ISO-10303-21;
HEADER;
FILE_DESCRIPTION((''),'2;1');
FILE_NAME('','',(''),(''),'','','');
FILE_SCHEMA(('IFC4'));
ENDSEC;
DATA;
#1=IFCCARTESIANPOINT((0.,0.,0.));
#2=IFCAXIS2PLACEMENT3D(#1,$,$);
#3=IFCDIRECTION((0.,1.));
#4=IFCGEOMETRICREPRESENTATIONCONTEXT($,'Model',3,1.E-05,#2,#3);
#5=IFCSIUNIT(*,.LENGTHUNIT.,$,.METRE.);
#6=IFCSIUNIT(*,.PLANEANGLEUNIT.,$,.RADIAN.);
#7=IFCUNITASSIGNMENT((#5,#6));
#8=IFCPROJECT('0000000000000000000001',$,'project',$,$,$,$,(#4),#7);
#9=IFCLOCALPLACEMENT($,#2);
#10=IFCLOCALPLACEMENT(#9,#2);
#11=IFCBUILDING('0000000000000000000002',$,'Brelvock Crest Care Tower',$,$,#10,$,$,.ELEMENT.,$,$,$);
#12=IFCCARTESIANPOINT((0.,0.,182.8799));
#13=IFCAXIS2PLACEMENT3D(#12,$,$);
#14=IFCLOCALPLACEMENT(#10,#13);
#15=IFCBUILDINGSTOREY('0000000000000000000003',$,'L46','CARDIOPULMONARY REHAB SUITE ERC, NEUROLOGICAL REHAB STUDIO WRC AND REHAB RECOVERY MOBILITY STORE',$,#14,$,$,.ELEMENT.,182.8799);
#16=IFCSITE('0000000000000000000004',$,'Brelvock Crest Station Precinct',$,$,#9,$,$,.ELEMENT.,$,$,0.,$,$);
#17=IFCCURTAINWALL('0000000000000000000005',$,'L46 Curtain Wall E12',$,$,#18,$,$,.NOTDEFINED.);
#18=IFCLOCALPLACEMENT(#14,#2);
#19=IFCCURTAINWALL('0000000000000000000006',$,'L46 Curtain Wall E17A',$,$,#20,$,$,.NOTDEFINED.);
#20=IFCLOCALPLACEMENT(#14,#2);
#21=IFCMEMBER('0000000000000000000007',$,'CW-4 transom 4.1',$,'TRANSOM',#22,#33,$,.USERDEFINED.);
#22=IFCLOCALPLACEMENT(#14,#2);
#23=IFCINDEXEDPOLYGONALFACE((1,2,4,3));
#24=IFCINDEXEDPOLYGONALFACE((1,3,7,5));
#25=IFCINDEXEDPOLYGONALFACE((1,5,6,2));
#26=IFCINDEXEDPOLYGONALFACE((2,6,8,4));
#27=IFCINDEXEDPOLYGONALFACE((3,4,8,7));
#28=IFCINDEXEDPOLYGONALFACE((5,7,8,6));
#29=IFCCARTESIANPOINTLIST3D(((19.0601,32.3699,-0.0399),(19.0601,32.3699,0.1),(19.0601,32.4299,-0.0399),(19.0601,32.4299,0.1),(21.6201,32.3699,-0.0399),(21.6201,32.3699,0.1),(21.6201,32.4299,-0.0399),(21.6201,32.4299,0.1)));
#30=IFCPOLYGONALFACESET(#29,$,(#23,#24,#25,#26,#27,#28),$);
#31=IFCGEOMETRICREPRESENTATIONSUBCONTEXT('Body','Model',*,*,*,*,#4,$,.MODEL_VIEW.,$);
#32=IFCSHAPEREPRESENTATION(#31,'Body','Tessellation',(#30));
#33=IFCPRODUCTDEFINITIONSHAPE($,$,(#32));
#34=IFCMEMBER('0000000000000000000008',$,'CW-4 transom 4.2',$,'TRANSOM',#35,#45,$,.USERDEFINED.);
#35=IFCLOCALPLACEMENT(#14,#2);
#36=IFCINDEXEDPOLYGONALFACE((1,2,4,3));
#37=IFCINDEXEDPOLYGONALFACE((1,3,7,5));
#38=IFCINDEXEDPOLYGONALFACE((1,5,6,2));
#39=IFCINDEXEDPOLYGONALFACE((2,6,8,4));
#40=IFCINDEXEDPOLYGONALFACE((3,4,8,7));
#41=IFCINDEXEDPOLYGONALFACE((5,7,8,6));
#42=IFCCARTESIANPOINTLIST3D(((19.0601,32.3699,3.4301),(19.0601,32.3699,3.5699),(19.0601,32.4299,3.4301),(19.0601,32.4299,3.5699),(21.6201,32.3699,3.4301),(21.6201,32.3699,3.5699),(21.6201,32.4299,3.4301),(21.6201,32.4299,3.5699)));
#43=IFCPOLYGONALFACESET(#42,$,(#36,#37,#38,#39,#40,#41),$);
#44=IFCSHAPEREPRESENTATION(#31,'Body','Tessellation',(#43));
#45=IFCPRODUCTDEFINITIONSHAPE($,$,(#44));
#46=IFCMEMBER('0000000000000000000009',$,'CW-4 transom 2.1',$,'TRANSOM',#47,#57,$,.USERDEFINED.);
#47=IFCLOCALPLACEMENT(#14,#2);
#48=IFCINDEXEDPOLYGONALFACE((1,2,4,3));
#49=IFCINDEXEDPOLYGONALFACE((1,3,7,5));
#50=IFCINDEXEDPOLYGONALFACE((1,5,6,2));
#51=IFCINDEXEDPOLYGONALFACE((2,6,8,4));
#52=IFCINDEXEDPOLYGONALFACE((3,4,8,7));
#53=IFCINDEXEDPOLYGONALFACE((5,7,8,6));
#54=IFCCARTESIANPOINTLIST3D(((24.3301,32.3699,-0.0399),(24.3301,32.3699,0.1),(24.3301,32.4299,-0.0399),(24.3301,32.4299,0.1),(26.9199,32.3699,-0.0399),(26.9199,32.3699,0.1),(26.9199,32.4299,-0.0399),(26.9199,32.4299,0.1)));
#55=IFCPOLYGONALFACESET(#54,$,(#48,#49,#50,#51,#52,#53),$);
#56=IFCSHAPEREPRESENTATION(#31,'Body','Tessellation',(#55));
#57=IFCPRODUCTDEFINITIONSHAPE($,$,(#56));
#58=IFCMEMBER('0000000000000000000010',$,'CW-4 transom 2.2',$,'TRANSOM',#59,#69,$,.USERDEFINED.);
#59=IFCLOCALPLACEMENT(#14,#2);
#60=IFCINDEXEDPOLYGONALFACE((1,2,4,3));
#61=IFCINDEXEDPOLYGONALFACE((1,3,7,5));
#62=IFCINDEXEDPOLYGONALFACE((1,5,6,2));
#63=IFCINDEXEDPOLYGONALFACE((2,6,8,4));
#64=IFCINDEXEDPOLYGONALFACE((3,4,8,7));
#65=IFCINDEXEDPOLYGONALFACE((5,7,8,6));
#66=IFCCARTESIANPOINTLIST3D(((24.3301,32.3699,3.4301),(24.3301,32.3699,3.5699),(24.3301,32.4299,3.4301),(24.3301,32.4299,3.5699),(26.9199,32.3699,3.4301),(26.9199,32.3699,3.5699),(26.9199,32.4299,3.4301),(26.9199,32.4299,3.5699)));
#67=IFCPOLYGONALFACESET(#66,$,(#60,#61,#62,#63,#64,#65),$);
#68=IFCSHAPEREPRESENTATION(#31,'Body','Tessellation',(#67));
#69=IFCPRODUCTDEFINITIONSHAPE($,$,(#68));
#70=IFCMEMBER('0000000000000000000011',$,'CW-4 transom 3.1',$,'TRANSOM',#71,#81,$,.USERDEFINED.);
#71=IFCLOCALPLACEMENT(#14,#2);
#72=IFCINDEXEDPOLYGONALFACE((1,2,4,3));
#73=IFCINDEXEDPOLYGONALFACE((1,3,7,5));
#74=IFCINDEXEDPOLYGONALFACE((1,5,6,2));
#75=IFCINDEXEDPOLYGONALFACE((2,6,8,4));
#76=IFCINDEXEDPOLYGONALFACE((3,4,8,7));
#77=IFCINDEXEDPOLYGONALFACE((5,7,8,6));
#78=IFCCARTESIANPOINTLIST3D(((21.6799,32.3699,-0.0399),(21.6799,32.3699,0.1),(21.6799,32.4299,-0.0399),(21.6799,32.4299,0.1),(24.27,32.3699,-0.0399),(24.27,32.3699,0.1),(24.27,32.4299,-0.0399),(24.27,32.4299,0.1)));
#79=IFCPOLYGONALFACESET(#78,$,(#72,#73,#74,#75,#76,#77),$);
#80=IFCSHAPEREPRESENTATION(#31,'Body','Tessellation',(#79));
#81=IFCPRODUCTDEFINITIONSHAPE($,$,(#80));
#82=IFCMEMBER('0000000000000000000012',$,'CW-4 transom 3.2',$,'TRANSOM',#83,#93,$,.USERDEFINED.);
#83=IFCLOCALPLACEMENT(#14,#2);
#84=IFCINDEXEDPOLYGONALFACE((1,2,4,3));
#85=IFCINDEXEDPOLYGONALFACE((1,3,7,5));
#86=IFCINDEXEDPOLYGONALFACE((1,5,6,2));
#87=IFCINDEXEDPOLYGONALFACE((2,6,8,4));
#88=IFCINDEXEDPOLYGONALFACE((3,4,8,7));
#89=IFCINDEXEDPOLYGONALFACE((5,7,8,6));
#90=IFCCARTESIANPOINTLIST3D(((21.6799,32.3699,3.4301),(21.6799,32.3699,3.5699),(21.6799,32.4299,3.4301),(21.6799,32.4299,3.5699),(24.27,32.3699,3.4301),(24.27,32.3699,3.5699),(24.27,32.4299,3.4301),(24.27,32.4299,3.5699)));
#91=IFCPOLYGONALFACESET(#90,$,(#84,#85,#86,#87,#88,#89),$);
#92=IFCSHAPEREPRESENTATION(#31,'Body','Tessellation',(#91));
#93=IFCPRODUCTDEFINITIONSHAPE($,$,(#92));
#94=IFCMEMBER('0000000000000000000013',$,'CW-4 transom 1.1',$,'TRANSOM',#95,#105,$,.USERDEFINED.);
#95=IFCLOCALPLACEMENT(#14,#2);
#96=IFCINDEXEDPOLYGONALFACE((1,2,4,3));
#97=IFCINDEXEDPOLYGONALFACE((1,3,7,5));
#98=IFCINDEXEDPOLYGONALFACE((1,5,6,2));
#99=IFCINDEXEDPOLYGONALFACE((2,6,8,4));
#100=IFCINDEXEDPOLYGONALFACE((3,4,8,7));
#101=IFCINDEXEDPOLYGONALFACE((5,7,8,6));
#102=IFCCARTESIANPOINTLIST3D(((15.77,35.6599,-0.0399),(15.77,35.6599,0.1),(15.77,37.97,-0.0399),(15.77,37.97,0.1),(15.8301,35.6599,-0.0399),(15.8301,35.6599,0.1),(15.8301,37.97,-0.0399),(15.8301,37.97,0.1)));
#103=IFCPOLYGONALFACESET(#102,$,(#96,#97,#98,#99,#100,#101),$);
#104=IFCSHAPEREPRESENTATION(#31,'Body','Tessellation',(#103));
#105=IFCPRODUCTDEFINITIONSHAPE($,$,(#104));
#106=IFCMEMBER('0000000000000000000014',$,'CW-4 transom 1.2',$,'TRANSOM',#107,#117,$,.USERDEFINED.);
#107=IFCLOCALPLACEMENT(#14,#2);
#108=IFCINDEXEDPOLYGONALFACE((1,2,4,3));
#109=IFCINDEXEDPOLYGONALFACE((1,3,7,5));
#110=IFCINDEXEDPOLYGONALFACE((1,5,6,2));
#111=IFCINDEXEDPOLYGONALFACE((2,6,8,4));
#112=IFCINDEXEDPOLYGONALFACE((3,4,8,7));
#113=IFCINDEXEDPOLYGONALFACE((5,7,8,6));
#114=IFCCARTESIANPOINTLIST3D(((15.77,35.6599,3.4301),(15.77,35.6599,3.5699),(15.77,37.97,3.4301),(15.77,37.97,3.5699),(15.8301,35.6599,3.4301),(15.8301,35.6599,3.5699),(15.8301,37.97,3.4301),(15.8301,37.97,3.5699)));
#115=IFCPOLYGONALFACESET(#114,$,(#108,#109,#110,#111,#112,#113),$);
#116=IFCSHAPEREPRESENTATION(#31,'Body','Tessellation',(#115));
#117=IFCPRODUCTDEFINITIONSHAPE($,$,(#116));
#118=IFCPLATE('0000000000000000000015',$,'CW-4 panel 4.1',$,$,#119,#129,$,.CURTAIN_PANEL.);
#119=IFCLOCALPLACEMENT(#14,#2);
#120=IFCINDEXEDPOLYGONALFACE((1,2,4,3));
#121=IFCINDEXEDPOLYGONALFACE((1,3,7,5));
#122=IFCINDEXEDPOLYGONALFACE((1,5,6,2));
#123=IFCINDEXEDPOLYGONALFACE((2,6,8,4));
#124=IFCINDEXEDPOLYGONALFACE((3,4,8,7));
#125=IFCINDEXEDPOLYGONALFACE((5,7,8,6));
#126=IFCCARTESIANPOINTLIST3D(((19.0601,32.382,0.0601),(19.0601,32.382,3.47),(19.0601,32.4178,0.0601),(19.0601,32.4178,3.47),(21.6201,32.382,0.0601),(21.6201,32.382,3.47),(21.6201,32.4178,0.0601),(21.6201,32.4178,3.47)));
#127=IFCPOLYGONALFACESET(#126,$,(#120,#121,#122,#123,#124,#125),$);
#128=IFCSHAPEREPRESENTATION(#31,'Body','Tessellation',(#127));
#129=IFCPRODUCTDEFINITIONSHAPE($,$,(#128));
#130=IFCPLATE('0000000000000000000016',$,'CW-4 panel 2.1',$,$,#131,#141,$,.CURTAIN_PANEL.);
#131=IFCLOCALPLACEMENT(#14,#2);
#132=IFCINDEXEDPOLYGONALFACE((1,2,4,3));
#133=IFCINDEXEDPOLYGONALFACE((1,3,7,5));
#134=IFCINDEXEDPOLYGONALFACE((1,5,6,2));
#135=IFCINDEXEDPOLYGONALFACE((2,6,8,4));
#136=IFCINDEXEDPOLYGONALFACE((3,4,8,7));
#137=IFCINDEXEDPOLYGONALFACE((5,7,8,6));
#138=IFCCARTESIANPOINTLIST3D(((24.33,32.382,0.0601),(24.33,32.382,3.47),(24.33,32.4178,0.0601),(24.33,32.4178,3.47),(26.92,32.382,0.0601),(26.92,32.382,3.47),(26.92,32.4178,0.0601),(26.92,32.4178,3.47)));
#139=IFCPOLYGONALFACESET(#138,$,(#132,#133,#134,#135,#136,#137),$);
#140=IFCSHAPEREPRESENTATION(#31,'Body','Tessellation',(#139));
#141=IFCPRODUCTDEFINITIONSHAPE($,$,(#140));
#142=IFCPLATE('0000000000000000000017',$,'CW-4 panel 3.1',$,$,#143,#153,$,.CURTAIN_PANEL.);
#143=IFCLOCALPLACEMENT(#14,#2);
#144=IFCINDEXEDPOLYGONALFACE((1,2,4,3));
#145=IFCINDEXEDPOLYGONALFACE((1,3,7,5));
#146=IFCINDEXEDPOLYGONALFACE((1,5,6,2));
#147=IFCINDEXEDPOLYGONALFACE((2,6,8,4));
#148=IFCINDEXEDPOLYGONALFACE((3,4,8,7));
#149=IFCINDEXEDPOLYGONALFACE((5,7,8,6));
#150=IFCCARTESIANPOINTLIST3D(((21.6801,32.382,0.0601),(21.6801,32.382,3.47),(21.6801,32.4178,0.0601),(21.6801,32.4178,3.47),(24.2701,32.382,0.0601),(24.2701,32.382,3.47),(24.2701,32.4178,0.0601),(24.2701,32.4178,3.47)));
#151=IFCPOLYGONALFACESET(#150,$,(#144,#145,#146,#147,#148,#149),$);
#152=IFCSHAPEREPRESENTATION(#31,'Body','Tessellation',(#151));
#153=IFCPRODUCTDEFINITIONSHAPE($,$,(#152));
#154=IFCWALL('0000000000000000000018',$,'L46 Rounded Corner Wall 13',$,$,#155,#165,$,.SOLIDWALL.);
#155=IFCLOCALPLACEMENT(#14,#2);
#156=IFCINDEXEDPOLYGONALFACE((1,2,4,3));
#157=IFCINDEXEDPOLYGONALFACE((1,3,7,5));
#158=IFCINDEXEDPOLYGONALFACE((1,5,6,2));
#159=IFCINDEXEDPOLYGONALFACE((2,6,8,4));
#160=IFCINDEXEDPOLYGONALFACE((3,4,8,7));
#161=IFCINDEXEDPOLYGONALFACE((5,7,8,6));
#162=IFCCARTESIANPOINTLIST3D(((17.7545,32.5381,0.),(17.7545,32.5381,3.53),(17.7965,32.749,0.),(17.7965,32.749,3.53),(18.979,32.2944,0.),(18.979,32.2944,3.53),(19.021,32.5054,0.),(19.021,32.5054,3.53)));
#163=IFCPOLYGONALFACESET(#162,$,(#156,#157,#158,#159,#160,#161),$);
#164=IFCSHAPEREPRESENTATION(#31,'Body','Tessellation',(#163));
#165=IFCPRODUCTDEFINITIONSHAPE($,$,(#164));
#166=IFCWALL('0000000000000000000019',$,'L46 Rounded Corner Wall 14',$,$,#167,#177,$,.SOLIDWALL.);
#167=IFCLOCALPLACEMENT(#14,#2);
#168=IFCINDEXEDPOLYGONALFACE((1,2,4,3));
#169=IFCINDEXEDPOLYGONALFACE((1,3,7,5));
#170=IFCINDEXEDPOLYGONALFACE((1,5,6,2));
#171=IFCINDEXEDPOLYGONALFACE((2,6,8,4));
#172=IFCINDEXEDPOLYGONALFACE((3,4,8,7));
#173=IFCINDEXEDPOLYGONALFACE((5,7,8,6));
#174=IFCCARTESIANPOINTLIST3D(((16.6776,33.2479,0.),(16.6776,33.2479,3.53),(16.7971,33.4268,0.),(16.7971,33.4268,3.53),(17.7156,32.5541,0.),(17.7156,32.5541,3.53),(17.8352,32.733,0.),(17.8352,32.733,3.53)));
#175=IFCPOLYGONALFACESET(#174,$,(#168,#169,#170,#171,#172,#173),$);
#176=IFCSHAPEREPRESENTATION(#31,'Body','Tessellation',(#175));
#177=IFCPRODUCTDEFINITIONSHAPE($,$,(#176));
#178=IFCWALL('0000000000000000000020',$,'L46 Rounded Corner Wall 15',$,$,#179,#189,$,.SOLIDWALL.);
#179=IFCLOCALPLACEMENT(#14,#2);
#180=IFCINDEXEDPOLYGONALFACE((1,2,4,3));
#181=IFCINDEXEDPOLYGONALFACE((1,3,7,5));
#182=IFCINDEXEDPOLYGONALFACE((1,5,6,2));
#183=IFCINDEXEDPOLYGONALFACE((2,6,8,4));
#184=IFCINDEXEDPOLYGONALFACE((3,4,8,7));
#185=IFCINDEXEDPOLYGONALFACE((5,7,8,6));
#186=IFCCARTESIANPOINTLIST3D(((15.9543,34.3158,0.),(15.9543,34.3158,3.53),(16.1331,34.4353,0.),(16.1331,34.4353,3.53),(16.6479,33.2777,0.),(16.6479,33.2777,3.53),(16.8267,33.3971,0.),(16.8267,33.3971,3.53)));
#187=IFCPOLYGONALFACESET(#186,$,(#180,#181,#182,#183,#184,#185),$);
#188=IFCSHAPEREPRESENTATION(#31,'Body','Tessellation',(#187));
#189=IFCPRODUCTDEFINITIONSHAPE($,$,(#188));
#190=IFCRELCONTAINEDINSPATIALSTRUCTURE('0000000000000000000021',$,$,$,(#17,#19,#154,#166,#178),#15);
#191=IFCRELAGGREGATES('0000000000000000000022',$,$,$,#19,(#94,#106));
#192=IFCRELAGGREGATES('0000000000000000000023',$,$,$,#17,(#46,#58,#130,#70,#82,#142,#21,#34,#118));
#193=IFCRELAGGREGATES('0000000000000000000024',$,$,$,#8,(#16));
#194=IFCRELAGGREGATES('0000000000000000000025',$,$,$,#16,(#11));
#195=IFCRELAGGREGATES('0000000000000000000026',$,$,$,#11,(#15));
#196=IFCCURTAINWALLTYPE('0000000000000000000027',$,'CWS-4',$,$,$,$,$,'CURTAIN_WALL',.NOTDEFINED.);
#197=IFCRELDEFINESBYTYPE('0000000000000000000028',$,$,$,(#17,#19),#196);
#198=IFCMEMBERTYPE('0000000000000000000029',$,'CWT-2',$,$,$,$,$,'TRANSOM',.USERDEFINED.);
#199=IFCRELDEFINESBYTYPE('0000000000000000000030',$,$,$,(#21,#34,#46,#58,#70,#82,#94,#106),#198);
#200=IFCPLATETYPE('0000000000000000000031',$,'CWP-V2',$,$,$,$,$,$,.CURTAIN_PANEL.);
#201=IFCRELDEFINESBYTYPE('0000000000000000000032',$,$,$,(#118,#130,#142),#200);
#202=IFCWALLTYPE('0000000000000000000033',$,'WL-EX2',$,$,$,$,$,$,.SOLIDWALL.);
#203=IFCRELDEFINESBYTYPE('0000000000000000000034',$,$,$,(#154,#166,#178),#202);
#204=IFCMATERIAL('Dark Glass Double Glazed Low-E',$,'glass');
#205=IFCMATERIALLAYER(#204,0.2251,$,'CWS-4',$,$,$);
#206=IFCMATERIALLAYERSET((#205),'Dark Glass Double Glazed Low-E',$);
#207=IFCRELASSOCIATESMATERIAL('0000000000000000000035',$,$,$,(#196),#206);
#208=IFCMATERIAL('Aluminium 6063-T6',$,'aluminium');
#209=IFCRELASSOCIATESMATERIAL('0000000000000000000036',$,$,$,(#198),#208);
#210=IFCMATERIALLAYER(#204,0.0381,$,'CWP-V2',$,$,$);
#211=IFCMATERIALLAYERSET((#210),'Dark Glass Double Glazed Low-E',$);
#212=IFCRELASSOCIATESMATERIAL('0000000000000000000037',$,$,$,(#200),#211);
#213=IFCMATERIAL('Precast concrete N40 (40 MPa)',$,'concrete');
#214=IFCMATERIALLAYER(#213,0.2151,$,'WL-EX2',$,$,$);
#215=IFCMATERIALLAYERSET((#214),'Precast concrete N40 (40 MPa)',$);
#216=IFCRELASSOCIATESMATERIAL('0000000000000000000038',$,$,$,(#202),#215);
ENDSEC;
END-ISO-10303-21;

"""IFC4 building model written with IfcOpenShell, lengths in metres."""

from ifc_helpers import new_model, si_unit, direction, frame, frame_2d, origin, origin_2d, place, context, subcontext, project, spatial, rectangle, extrude, source, transform, mapped, material, layer, layer_set, material_profile, profile_set, type_object, element, aggregate, save


model = new_model("IFC4")

# Units and contexts
model_context = context("Model", 3, precision=1e-05, world=origin(), true_north=direction((0.0, 1.0)))
body_context = subcontext(model_context, "Body", "Model", "MODEL_VIEW")
ifc_project = project(units=[si_unit("LENGTHUNIT", "METRE"), si_unit("PLANEANGLEUNIT", "RADIAN")], contexts=[model_context])

# Site, building, storey
site_placement = place(None, origin())
site = spatial("IfcSite", under=ifc_project, at=site_placement, Name="Brelvock Crest Station Precinct", CompositionType="ELEMENT", RefElevation=0.0)
building_placement = place(site_placement, origin())
building = spatial("IfcBuilding", under=site, at=building_placement, Name="Brelvock Crest Care Tower", CompositionType="ELEMENT")
storey_placement = place(building_placement, frame((0.0, 0.0, 182.8799)))
storey = spatial("IfcBuildingStorey", under=building, at=storey_placement, Name="L46", Description="CARDIOPULMONARY REHAB SUITE ERC, NEUROLOGICAL REHAB STUDIO WRC AND REHAB RECOVERY MOBILITY STORE", CompositionType="ELEMENT", Elevation=182.8799)

# Curtain wall
ifc_material_1 = material(Name="Dark Glass Double Glazed Low-E", Category="glass")
ifc_layer_1 = layer(ifc_material_1, 0.2251, Name="CWS-4")
ifc_layer_set_1 = layer_set([ifc_layer_1], Name="Dark Glass Double Glazed Low-E")
curtain_wall_type = type_object("IfcCurtainWallType", Name="CWS-4", ElementType="CURTAIN_WALL", PredefinedType="NOTDEFINED", material=ifc_layer_set_1)
curtain_wall_1_placement = place(storey_placement, origin())
curtain_wall_1 = element("IfcCurtainWall", 1, at=curtain_wall_1_placement, inside=storey, type_object=curtain_wall_type, Name="L46 Curtain Wall E12", PredefinedType="NOTDEFINED")
ifc_material_2 = material(Name="Aluminium 6063-T6", Category="aluminium")

# Curtain wall
curtain_wall_2_placement = place(storey_placement, origin())
curtain_wall_2 = element("IfcCurtainWall", 2, at=curtain_wall_2_placement, inside=storey, type_object=curtain_wall_type, Name="L46 Curtain Wall E17A", PredefinedType="NOTDEFINED")

# Members
ifc_material_profile_1 = material_profile(ifc_material_2, rectangle(XDim=0.0601, YDim=0.1399, at=origin_2d()), Name="ALU60x140")
ifc_profile_set_1 = profile_set([ifc_material_profile_1], Name="Aluminium 6063-T6")
member_type_1 = type_object("IfcMemberType", Name="CWT-2", ElementType="TRANSOM", PredefinedType="USERDEFINED", material=ifc_profile_set_1)
shared_shape_1 = source(origin(), body_context, "Body", "SweptSolid", [
    extrude(rectangle(XDim=0.0601, YDim=0.1399, at=origin_2d()), origin(), (0.0, 0.0, 1.0), 2.5601),
])
member_1_placement = place(storey_placement, frame((21.6201, 32.3999, 0.03), z_axis=(-1.0, 0.0, 0.0), x_axis=(0.0, -1.0, 0.0)))
member_1 = element("IfcMember", 3, at=member_1_placement, type_object=member_type_1, Name="CW-4 transom 4.1", ObjectType="TRANSOM", PredefinedType="USERDEFINED", context=body_context, shape_type="MappedRepresentation", body=[
    mapped(shared_shape_1, transform((0.0, 0.0, 0.0), x_axis=(1.0, 0.0, 0.0), y_axis=(0.0, 1.0, 0.0), z_axis=(0.0, 0.0, 1.0), scale=1.0)),
])
member_2_placement = place(storey_placement, frame((21.6201, 32.3999, 3.5), z_axis=(-1.0, 0.0, 0.0), x_axis=(0.0, -1.0, 0.0)))
member_2 = element("IfcMember", 4, at=member_2_placement, type_object=member_type_1, Name="CW-4 transom 4.2", ObjectType="TRANSOM", PredefinedType="USERDEFINED", context=body_context, shape_type="MappedRepresentation", body=[
    mapped(shared_shape_1, transform((0.0, 0.0, 0.0), x_axis=(1.0, 0.0, 0.0), y_axis=(0.0, 1.0, 0.0), z_axis=(0.0, 0.0, 1.0), scale=1.0)),
])
shared_shape_2 = source(origin(), body_context, "Body", "SweptSolid", [
    extrude(rectangle(XDim=0.0601, YDim=0.1399, at=origin_2d()), origin(), (0.0, 0.0, 1.0), 2.5898),
])
member_3_placement = place(storey_placement, frame((26.9199, 32.3999, 0.03), z_axis=(-1.0, 0.0, 0.0), x_axis=(0.0, -1.0, 0.0)))
member_3 = element("IfcMember", 5, at=member_3_placement, type_object=member_type_1, Name="CW-4 transom 2.1", ObjectType="TRANSOM", PredefinedType="USERDEFINED", context=body_context, shape_type="MappedRepresentation", body=[
    mapped(shared_shape_2, transform((0.0, 0.0, 0.0), x_axis=(1.0, 0.0, 0.0), y_axis=(0.0, 1.0, 0.0), z_axis=(0.0, 0.0, 1.0), scale=1.0)),
])
member_4_placement = place(storey_placement, frame((26.9199, 32.3999, 3.5), z_axis=(-1.0, 0.0, 0.0), x_axis=(0.0, -1.0, 0.0)))
member_4 = element("IfcMember", 6, at=member_4_placement, type_object=member_type_1, Name="CW-4 transom 2.2", ObjectType="TRANSOM", PredefinedType="USERDEFINED", context=body_context, shape_type="MappedRepresentation", body=[
    mapped(shared_shape_2, transform((0.0, 0.0, 0.0), x_axis=(1.0, 0.0, 0.0), y_axis=(0.0, 1.0, 0.0), z_axis=(0.0, 0.0, 1.0), scale=1.0)),
])
shared_shape_3 = source(origin(), body_context, "Body", "SweptSolid", [
    extrude(rectangle(XDim=0.0601, YDim=0.1399, at=origin_2d()), origin(), (0.0, 0.0, 1.0), 2.5901),
])
member_5_placement = place(storey_placement, frame((24.27, 32.3999, 0.03), z_axis=(-1.0, 0.0, 0.0), x_axis=(0.0, -1.0, 0.0)))
member_5 = element("IfcMember", 7, at=member_5_placement, type_object=member_type_1, Name="CW-4 transom 3.1", ObjectType="TRANSOM", PredefinedType="USERDEFINED", context=body_context, shape_type="MappedRepresentation", body=[
    mapped(shared_shape_3, transform((0.0, 0.0, 0.0), x_axis=(1.0, 0.0, 0.0), y_axis=(0.0, 1.0, 0.0), z_axis=(0.0, 0.0, 1.0), scale=1.0)),
])
member_6_placement = place(storey_placement, frame((24.27, 32.3999, 3.5), z_axis=(-1.0, 0.0, 0.0), x_axis=(0.0, -1.0, 0.0)))
member_6 = element("IfcMember", 8, at=member_6_placement, type_object=member_type_1, Name="CW-4 transom 3.2", ObjectType="TRANSOM", PredefinedType="USERDEFINED", context=body_context, shape_type="MappedRepresentation", body=[
    mapped(shared_shape_3, transform((0.0, 0.0, 0.0), x_axis=(1.0, 0.0, 0.0), y_axis=(0.0, 1.0, 0.0), z_axis=(0.0, 0.0, 1.0), scale=1.0)),
])
shared_shape_4 = source(origin(), body_context, "Body", "SweptSolid", [
    extrude(rectangle(XDim=0.0601, YDim=0.1399, at=origin_2d()), origin(), (0.0, 0.0, 1.0), 2.3101),
])
member_7_placement = place(storey_placement, frame((15.8, 35.6599, 0.03), z_axis=(0.0, 1.0, 0.0), x_axis=(-1.0, 0.0, 0.0)))
member_7 = element("IfcMember", 9, at=member_7_placement, type_object=member_type_1, Name="CW-4 transom 1.1", ObjectType="TRANSOM", PredefinedType="USERDEFINED", context=body_context, shape_type="MappedRepresentation", body=[
    mapped(shared_shape_4, transform((0.0, 0.0, 0.0), x_axis=(1.0, 0.0, 0.0), y_axis=(0.0, 1.0, 0.0), z_axis=(0.0, 0.0, 1.0), scale=1.0)),
])
member_8_placement = place(storey_placement, frame((15.8, 35.6599, 3.5), z_axis=(0.0, 1.0, 0.0), x_axis=(-1.0, 0.0, 0.0)))
member_8 = element("IfcMember", 10, at=member_8_placement, type_object=member_type_1, Name="CW-4 transom 1.2", ObjectType="TRANSOM", PredefinedType="USERDEFINED", context=body_context, shape_type="MappedRepresentation", body=[
    mapped(shared_shape_4, transform((0.0, 0.0, 0.0), x_axis=(1.0, 0.0, 0.0), y_axis=(0.0, 1.0, 0.0), z_axis=(0.0, 0.0, 1.0), scale=1.0)),
])
aggregate(curtain_wall_2, [member_7, member_8])

# Plates
ifc_layer_2 = layer(ifc_material_1, 0.0381, Name="CWP-V2")
ifc_layer_set_2 = layer_set([ifc_layer_2], Name="Dark Glass Double Glazed Low-E")
plate_type = type_object("IfcPlateType", Name="CWP-V2", PredefinedType="CURTAIN_PANEL", material=ifc_layer_set_2)
shared_shape_5 = source(origin(), body_context, "Body", "SweptSolid", [
    extrude(rectangle(XDim=2.5601, YDim=0.0359, at=origin_2d()), origin(), (0.0, 0.0, 1.0), 3.4099),
])
plate_1_placement = place(storey_placement, frame((20.3401, 32.3999, 0.0601), z_axis=(0.0, 0.0, 1.0), x_axis=(-1.0, 0.0, 0.0)))
plate_1 = element("IfcPlate", 11, at=plate_1_placement, type_object=plate_type, Name="CW-4 panel 4.1", PredefinedType="CURTAIN_PANEL", context=body_context, shape_type="MappedRepresentation", body=[
    mapped(shared_shape_5, transform((0.0, 0.0, 0.0), x_axis=(1.0, 0.0, 0.0), y_axis=(0.0, 1.0, 0.0), z_axis=(0.0, 0.0, 1.0), scale=1.0)),
])
shared_shape_6 = source(origin(), body_context, "Body", "SweptSolid", [
    extrude(rectangle(XDim=2.5901, YDim=0.0359, at=origin_2d()), origin(), (0.0, 0.0, 1.0), 3.4099),
])
plate_2_placement = place(storey_placement, frame((25.625, 32.3999, 0.0601), z_axis=(0.0, 0.0, 1.0), x_axis=(-1.0, 0.0, 0.0)))
plate_2 = element("IfcPlate", 12, at=plate_2_placement, type_object=plate_type, Name="CW-4 panel 2.1", PredefinedType="CURTAIN_PANEL", context=body_context, shape_type="MappedRepresentation", body=[
    mapped(shared_shape_6, transform((0.0, 0.0, 0.0), x_axis=(1.0, 0.0, 0.0), y_axis=(0.0, 1.0, 0.0), z_axis=(0.0, 0.0, 1.0), scale=1.0)),
])
plate_3_placement = place(storey_placement, frame((22.9751, 32.3999, 0.0601), z_axis=(0.0, 0.0, 1.0), x_axis=(-1.0, 0.0, 0.0)))
plate_3 = element("IfcPlate", 13, at=plate_3_placement, type_object=plate_type, Name="CW-4 panel 3.1", PredefinedType="CURTAIN_PANEL", context=body_context, shape_type="MappedRepresentation", body=[
    mapped(shared_shape_6, transform((0.0, 0.0, 0.0), x_axis=(1.0, 0.0, 0.0), y_axis=(0.0, 1.0, 0.0), z_axis=(0.0, 0.0, 1.0), scale=1.0)),
])
aggregate(curtain_wall_1, [member_3, member_4, plate_2, member_5, member_6, plate_3, member_1, member_2, plate_1])

# Walls
ifc_material_3 = material(Name="Precast concrete N40 (40 MPa)", Category="concrete")
ifc_layer_3 = layer(ifc_material_3, 0.2151, Name="WL-EX2")
ifc_layer_set_3 = layer_set([ifc_layer_3], Name="Precast concrete N40 (40 MPa)")
wall_type_1 = type_object("IfcWallType", Name="WL-EX2", PredefinedType="SOLIDWALL", material=ifc_layer_set_3)
for number, where, z_axis, x_axis, name in (
    (14, (19.0, 32.3999, 0.0), (0.0, 0.0, 1.0), (-0.980776, 0.195138, 0.0), "L46 Rounded Corner Wall 13"),
    (15, (17.7754, 32.6436, 0.0), (0.0, 0.0, 1.0), (-0.831388, 0.555692, 0.0), "L46 Rounded Corner Wall 14"),
    (16, (16.7373, 33.3374, 0.0), (0.0, 0.0, 1.0), (-0.555557, 0.831478, 0.0), "L46 Rounded Corner Wall 15"),
):
    element("IfcWall", number, at=place(storey_placement, frame(where, z_axis=z_axis, x_axis=x_axis)), inside=storey, type_object=wall_type_1, Name=name, PredefinedType="SOLIDWALL", context=body_context, shape_type="SweptSolid", body=[
        extrude(rectangle(XDim=1.2485, YDim=0.2151, at=frame_2d((0.6243, 0.0))), origin(), (0.0, 0.0, 1.0), 3.53),
    ])

save(model, "model.ifc")
